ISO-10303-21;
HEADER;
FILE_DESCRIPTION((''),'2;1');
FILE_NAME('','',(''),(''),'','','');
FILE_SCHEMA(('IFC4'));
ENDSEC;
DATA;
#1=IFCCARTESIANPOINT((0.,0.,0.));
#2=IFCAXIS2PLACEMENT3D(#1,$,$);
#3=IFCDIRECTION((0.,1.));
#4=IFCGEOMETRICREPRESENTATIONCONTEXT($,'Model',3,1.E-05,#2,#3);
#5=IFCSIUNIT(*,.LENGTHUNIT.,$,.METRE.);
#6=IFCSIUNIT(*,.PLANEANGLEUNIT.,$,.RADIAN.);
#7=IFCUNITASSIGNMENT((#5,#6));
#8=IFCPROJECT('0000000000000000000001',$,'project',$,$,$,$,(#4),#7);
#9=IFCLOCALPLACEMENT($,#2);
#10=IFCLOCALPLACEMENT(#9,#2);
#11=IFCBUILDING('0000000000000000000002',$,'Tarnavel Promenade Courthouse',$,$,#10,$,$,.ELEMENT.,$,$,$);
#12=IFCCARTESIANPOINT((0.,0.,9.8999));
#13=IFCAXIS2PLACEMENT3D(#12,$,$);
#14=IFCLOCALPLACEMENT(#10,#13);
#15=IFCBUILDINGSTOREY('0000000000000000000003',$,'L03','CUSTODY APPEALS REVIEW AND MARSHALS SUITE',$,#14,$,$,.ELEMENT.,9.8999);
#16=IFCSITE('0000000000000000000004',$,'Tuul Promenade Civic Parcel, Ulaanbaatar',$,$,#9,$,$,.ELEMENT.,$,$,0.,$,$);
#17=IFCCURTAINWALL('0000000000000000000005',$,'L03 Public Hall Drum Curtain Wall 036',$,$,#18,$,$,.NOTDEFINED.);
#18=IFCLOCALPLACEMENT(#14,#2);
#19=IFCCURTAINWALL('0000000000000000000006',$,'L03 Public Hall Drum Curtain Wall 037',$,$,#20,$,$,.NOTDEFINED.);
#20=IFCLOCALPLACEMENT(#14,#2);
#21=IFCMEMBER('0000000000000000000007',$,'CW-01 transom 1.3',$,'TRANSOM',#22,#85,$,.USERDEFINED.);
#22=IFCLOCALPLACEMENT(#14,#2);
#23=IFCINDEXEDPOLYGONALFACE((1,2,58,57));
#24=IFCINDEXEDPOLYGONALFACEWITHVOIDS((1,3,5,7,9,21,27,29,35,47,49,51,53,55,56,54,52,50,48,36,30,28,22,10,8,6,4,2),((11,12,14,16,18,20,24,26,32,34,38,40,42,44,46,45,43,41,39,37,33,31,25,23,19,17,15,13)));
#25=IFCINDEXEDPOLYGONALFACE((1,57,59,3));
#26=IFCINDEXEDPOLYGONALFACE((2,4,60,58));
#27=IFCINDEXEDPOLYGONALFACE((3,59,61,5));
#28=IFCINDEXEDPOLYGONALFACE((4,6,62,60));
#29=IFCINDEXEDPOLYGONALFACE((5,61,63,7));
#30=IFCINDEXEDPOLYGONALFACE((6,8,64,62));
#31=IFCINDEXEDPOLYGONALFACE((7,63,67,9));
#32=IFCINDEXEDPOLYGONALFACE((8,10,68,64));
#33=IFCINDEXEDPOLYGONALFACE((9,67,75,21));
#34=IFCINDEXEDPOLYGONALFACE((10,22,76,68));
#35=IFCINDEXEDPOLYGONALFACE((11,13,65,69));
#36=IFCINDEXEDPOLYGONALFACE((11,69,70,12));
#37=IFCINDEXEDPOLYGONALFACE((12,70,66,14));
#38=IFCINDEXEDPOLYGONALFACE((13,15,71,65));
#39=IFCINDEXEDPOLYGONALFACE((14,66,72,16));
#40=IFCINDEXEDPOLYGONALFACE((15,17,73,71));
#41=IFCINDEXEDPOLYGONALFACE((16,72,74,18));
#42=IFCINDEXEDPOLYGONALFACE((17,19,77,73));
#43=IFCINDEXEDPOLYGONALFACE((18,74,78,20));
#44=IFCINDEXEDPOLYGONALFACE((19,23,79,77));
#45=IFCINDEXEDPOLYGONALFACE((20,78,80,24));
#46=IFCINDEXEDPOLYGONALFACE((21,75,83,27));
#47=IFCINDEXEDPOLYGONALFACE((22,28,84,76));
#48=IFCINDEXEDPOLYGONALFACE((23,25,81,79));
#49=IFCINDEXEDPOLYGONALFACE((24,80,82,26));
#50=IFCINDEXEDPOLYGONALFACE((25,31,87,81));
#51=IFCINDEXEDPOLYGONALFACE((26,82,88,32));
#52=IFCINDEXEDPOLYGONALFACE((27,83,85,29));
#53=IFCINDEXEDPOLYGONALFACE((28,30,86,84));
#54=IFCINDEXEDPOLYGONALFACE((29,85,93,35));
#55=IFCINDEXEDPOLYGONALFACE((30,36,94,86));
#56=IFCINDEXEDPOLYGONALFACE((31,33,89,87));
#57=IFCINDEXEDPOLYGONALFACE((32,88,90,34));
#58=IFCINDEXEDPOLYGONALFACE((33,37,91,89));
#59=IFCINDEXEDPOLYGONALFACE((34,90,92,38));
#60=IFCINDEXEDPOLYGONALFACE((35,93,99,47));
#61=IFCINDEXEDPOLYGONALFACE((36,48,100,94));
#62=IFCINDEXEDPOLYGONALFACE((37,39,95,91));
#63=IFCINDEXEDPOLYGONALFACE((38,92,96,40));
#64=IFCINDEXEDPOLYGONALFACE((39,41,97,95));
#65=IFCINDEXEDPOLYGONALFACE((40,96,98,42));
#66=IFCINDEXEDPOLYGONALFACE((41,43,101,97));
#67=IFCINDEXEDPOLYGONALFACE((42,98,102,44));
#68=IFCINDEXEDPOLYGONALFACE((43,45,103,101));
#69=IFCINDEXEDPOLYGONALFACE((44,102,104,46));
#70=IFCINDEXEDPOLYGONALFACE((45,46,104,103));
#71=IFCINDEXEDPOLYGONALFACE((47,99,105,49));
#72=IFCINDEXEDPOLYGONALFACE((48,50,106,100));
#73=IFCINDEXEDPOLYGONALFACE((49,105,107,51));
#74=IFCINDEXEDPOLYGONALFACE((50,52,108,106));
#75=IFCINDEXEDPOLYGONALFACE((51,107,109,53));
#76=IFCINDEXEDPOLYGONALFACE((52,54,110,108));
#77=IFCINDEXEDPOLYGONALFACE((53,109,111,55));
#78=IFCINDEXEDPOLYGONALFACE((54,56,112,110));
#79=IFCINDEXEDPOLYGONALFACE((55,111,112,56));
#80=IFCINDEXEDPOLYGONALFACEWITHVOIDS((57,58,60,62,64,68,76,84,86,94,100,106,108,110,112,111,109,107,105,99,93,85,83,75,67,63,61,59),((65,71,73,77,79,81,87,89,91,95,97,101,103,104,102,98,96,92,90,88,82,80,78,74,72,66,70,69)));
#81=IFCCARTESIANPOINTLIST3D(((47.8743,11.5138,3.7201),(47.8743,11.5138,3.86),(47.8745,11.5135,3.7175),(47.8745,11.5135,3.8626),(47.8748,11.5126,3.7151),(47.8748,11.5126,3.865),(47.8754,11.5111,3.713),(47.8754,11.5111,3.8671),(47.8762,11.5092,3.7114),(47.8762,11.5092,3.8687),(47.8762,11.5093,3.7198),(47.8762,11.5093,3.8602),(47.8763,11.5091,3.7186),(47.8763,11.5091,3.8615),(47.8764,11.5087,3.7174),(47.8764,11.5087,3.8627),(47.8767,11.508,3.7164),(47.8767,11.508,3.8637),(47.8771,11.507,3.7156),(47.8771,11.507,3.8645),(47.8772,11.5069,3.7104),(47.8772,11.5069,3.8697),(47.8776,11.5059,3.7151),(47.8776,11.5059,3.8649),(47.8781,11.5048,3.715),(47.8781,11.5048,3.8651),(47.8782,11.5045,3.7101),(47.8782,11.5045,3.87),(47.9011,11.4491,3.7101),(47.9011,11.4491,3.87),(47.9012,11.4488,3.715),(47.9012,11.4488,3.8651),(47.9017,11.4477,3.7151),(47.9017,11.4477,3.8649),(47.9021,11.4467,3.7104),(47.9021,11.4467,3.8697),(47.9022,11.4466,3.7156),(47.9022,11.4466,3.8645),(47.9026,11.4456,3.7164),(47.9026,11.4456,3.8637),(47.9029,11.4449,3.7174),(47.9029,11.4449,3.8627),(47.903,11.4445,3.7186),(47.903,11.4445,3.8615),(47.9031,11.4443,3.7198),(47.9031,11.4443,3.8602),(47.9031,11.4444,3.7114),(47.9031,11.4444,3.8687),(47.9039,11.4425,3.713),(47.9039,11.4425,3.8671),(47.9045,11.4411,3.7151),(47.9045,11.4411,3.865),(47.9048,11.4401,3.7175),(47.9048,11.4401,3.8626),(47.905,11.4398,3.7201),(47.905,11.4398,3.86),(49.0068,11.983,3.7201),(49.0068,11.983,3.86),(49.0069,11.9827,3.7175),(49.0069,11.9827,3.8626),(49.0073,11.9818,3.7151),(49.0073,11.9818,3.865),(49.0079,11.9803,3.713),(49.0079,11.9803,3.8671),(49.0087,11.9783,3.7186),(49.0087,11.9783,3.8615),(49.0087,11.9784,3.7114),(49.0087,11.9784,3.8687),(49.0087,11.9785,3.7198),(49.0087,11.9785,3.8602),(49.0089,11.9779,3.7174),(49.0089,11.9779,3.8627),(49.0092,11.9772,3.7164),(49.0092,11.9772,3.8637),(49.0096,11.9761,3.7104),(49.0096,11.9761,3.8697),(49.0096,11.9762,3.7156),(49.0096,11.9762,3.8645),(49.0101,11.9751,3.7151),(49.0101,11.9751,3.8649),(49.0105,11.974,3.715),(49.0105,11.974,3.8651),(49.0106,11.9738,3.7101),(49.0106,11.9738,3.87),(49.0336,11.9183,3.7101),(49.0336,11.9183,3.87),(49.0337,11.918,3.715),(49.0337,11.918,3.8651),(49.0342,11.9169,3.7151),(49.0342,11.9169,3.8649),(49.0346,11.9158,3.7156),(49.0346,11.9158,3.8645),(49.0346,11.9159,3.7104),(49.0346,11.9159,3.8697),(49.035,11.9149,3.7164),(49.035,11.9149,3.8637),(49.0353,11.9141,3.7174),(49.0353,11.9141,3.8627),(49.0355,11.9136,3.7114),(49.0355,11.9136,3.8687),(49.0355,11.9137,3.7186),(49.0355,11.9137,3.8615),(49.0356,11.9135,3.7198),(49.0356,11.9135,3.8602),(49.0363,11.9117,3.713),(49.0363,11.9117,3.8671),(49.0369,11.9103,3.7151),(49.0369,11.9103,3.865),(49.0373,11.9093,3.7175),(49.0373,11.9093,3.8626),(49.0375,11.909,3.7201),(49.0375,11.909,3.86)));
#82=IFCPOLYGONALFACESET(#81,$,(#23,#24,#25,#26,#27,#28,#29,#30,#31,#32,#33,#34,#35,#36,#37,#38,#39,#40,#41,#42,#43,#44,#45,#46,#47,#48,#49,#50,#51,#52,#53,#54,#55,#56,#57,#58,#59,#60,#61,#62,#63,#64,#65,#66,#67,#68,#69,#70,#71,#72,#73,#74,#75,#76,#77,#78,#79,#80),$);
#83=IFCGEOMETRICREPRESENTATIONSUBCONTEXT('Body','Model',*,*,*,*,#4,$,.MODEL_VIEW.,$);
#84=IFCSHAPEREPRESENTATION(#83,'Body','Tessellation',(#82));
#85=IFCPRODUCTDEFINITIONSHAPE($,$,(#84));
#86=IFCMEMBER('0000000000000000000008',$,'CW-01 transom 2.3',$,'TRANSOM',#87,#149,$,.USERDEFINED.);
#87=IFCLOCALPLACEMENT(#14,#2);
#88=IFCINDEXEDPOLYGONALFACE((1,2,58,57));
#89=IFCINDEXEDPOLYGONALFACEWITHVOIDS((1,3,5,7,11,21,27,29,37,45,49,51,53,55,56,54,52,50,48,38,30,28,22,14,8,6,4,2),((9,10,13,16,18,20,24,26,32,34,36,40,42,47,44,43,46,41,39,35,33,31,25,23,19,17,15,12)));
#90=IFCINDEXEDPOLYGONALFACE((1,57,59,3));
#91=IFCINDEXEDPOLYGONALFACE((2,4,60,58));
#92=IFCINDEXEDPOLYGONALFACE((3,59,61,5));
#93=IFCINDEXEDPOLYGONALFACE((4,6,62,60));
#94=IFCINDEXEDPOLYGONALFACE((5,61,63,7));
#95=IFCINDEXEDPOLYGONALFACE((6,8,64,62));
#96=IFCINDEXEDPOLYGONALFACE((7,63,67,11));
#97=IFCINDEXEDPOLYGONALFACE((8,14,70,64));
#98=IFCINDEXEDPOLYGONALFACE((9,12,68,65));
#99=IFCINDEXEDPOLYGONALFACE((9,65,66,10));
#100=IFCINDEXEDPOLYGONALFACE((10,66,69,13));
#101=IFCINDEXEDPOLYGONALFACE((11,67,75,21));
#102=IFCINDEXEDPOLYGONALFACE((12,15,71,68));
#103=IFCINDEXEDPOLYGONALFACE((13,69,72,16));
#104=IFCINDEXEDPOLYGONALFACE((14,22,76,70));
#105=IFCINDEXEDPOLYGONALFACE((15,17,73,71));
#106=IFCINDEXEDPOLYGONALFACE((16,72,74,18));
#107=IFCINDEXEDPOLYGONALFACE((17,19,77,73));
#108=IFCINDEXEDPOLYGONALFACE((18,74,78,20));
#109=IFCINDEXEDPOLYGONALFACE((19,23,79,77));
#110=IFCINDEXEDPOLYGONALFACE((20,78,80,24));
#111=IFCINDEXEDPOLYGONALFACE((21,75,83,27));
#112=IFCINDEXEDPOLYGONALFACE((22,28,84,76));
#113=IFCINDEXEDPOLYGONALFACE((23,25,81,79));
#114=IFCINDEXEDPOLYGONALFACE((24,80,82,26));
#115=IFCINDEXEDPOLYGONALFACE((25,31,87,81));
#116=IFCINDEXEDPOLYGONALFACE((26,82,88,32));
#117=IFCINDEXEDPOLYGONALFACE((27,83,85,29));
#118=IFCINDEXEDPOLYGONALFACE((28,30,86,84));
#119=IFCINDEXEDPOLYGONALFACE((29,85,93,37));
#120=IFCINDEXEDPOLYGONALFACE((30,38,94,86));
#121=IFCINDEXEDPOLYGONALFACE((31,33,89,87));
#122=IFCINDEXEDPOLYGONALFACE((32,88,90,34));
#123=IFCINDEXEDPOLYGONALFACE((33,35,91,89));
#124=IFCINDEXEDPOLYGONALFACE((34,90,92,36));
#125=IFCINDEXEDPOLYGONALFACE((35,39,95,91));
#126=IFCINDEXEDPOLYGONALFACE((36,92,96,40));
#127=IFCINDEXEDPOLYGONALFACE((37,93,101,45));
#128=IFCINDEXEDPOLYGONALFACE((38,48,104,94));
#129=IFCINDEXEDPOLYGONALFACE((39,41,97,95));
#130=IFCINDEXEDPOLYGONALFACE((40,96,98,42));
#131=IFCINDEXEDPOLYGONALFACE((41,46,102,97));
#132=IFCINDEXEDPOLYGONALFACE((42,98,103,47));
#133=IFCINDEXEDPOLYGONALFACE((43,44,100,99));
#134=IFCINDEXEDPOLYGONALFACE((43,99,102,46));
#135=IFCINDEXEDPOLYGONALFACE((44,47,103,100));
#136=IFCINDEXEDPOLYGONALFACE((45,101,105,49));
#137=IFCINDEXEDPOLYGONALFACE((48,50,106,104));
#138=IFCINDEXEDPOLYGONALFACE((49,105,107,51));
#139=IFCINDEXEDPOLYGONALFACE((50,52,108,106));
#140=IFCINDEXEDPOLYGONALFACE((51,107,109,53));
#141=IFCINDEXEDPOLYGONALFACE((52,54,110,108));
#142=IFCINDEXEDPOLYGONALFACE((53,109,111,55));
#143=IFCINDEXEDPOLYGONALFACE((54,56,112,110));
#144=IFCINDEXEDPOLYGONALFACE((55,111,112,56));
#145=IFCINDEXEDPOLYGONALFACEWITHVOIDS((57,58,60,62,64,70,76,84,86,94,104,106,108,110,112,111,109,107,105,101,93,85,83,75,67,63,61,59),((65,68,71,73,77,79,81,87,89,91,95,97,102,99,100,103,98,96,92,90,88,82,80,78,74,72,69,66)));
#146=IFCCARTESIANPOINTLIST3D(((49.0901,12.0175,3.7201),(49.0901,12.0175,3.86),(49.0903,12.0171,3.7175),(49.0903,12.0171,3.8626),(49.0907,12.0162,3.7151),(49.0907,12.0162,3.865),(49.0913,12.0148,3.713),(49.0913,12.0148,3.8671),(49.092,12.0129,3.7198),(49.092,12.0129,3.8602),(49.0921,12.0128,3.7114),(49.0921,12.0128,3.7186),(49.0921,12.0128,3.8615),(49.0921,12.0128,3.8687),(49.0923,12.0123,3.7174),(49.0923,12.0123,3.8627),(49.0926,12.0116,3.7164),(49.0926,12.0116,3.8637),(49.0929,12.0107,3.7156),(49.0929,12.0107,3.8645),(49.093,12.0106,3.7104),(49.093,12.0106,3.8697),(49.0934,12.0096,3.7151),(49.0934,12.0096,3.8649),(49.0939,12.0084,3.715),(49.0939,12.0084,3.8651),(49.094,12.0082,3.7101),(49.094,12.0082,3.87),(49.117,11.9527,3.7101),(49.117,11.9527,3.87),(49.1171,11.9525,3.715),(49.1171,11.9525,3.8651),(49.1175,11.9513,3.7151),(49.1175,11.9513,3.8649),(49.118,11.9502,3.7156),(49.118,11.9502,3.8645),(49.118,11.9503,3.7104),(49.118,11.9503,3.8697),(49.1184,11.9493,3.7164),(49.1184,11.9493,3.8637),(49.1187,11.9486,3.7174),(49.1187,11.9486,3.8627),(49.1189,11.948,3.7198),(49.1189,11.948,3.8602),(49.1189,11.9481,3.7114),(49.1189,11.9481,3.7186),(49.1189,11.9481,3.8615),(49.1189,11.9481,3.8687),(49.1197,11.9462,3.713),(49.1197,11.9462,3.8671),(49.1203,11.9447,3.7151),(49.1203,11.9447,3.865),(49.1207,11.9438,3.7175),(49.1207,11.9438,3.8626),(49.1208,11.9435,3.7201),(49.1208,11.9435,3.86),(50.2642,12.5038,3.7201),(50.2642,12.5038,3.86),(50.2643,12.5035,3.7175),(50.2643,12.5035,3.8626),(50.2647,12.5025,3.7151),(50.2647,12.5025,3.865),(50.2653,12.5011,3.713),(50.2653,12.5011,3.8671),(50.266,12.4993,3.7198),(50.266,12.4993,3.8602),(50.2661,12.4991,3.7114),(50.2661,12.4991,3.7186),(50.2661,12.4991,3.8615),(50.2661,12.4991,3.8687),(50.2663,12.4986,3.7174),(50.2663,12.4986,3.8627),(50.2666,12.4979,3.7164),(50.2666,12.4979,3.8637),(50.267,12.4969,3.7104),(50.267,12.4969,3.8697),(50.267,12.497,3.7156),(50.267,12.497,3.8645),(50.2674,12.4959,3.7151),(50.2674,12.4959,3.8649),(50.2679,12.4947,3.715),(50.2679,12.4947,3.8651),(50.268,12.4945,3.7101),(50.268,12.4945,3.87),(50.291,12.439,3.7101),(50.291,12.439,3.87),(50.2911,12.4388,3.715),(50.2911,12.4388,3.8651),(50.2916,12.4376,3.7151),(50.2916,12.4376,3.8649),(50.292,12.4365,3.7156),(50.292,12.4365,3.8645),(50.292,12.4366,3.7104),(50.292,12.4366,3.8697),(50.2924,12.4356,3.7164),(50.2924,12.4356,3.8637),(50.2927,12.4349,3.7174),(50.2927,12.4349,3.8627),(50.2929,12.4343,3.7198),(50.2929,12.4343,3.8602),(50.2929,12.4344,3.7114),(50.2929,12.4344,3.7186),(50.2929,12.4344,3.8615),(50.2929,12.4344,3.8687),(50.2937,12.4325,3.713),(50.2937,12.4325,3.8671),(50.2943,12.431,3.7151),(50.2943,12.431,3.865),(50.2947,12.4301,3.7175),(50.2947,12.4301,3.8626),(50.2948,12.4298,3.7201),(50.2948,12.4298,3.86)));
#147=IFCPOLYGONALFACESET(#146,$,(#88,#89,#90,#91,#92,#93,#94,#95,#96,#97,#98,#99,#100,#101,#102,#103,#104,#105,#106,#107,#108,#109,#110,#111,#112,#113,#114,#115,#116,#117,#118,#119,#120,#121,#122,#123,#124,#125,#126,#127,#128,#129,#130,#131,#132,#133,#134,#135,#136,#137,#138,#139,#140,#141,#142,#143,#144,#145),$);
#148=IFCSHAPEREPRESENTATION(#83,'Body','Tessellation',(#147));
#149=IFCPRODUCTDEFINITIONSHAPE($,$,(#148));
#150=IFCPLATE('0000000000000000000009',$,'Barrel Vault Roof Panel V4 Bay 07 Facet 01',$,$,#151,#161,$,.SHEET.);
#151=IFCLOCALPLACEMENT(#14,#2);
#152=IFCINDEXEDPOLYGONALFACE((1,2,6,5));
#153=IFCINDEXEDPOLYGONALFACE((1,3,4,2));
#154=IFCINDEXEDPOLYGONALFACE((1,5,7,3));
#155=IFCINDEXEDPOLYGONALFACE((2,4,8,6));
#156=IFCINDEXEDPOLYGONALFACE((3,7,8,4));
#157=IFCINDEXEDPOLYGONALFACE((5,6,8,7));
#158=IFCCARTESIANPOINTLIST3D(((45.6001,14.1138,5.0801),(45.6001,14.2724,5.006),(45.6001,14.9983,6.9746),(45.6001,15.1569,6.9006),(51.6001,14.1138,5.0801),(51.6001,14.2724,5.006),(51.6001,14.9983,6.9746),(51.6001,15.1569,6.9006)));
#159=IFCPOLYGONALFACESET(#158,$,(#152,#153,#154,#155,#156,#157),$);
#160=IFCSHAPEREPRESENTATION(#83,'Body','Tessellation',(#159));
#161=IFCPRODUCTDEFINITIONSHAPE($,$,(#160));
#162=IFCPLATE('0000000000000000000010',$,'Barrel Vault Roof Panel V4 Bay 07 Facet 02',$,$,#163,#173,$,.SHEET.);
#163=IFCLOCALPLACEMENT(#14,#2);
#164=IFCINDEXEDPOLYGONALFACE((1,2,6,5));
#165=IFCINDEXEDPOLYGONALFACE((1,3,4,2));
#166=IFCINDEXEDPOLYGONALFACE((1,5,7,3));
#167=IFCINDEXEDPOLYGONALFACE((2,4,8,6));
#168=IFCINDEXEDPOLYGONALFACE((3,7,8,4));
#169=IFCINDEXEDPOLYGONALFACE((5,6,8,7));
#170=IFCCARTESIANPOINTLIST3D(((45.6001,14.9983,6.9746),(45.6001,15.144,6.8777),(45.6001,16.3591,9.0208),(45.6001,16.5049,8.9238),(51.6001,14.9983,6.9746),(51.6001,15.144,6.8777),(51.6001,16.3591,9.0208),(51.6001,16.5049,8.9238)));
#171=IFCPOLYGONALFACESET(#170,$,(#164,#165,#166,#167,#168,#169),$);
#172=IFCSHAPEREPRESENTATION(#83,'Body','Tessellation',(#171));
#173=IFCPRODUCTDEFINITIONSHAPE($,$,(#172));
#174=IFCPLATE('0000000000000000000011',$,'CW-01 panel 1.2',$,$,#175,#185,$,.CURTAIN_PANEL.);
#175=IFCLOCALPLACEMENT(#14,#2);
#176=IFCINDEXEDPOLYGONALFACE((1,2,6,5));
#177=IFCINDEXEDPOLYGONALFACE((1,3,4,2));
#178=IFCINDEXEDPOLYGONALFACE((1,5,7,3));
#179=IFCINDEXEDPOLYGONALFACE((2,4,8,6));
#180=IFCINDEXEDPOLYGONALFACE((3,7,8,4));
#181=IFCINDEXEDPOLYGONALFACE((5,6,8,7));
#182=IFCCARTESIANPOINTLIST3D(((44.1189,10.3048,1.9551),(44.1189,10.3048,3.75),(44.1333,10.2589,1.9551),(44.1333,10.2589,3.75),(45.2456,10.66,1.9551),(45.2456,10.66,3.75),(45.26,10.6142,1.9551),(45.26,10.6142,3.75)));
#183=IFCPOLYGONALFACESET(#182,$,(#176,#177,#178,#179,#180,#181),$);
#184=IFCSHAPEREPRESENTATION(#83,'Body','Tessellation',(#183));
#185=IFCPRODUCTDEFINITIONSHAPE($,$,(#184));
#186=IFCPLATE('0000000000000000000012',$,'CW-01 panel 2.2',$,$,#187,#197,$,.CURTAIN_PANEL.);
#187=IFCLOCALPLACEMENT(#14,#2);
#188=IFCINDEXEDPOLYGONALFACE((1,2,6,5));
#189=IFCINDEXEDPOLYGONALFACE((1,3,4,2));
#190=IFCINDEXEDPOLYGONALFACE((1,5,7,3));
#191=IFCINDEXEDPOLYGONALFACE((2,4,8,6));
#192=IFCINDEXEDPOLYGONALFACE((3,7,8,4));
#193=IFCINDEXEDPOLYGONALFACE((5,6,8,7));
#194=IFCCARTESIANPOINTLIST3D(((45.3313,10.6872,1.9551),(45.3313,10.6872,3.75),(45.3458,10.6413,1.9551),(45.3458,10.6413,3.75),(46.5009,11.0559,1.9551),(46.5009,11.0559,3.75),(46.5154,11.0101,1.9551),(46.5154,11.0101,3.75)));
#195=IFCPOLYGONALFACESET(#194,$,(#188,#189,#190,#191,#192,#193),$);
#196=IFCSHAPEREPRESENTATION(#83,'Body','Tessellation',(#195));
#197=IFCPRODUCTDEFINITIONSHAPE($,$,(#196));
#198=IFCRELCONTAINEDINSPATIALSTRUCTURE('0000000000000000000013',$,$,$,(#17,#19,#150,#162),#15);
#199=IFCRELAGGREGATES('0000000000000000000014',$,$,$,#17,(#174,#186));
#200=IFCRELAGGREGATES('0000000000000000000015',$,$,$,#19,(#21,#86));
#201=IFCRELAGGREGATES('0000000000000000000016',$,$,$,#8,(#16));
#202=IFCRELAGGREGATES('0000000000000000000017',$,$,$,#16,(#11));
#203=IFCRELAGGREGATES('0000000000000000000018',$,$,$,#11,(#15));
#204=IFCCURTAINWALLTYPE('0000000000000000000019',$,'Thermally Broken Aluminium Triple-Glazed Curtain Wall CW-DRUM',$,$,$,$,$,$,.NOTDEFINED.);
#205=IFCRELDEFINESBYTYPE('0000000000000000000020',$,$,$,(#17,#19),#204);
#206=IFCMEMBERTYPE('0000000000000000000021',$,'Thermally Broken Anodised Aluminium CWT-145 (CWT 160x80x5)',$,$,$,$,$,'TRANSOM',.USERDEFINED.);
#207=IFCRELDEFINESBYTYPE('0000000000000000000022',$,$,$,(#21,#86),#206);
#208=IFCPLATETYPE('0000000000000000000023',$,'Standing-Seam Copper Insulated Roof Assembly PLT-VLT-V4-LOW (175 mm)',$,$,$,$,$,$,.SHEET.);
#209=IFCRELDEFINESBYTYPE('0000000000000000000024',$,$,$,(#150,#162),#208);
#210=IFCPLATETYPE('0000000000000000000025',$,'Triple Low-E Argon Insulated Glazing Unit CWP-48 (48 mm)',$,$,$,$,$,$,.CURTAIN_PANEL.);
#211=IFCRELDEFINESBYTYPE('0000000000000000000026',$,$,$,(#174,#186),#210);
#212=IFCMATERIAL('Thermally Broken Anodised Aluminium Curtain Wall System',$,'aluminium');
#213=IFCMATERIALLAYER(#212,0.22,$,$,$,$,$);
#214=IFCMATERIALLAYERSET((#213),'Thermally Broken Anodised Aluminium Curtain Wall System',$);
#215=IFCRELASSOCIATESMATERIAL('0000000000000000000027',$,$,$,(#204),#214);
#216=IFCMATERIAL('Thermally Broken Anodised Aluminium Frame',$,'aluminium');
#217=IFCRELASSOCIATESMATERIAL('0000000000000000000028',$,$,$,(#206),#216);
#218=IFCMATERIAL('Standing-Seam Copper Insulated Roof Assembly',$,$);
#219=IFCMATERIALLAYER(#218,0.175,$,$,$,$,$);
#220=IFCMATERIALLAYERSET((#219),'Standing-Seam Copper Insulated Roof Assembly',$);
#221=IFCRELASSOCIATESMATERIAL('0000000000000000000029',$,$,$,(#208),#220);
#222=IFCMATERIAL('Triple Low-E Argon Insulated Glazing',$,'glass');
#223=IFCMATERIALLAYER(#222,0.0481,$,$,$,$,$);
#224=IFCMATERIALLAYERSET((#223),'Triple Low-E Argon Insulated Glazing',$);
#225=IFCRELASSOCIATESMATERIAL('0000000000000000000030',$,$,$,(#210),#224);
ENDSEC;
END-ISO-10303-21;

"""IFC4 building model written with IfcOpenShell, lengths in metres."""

from ifc_helpers import new_model, si_unit, direction, frame, origin, origin_2d, place, context, subcontext, project, spatial, polyline, rectangle, hollow_rectangle, outline, extrude, material, layer, layer_set, material_profile, profile_set, type_object, element, aggregate, save


model = new_model("IFC4")

# Units and contexts
model_context = context("Model", 3, precision=1e-05, world=origin(), true_north=direction((0.0, 1.0)))
body_context = subcontext(model_context, "Body", "Model", "MODEL_VIEW")
ifc_project = project(units=[si_unit("LENGTHUNIT", "METRE"), si_unit("PLANEANGLEUNIT", "RADIAN")], contexts=[model_context])

# Site, building, storey
site_placement = place(None, origin())
site = spatial("IfcSite", under=ifc_project, at=site_placement, Name="Tuul Promenade Civic Parcel, Ulaanbaatar", CompositionType="ELEMENT", RefElevation=0.0)
building_placement = place(site_placement, origin())
building = spatial("IfcBuilding", under=site, at=building_placement, Name="Tarnavel Promenade Courthouse", CompositionType="ELEMENT")
storey_placement = place(building_placement, frame((0.0, 0.0, 9.8999)))
storey = spatial("IfcBuildingStorey", under=building, at=storey_placement, Name="L03", Description="CUSTODY APPEALS REVIEW AND MARSHALS SUITE", CompositionType="ELEMENT", Elevation=9.8999)

# Curtain walls, members
ifc_material_1 = material(Name="Thermally Broken Anodised Aluminium Curtain Wall System", Category="aluminium")
ifc_layer_1 = layer(ifc_material_1, 0.22)
ifc_layer_set_1 = layer_set([ifc_layer_1], Name="Thermally Broken Anodised Aluminium Curtain Wall System")
curtain_wall_type = type_object("IfcCurtainWallType", Name="Thermally Broken Aluminium Triple-Glazed Curtain Wall CW-DRUM", PredefinedType="NOTDEFINED", material=ifc_layer_set_1)
curtain_wall_1_placement = place(storey_placement, origin())
curtain_wall_1 = element("IfcCurtainWall", 1, at=curtain_wall_1_placement, inside=storey, type_object=curtain_wall_type, Name="L03 Public Hall Drum Curtain Wall 036", PredefinedType="NOTDEFINED")
ifc_material_2 = material(Name="Thermally Broken Anodised Aluminium Frame", Category="aluminium")
ifc_material_profile_1 = material_profile(ifc_material_2, hollow_rectangle(XDim=0.0801, YDim=0.1599, WallThickness=0.0049, InnerFilletRadius=0.0049, OuterFilletRadius=0.01, at=origin_2d()), Name="CWT 160x80x5")
ifc_profile_set_1 = profile_set([ifc_material_profile_1], Name="Thermally Broken Anodised Aluminium Frame")
member_type_1 = type_object("IfcMemberType", Name="Thermally Broken Anodised Aluminium CWT-145 (CWT 160x80x5)", ElementType="TRANSOM", PredefinedType="USERDEFINED", material=ifc_profile_set_1)
curtain_wall_2_placement = place(storey_placement, origin())
curtain_wall_2 = element("IfcCurtainWall", 2, at=curtain_wall_2_placement, inside=storey, type_object=curtain_wall_type, Name="L03 Public Hall Drum Curtain Wall 037", PredefinedType="NOTDEFINED")
member_1_placement = place(storey_placement, frame((47.8896, 11.4768, 3.79), z_axis=(0.923847, 0.382762, 0.0), x_axis=(-0.382762, 0.923847, 0.0)))
member_1 = element("IfcMember", 3, at=member_1_placement, type_object=member_type_1, Name="CW-01 transom 1.3", ObjectType="TRANSOM", PredefinedType="USERDEFINED", context=body_context, shape_type="SweptSolid", body=[
    extrude(hollow_rectangle(XDim=0.0801, YDim=0.1599, WallThickness=0.0049, InnerFilletRadius=0.0049, OuterFilletRadius=0.01, at=origin_2d()), origin(), (0.0, 0.0, 1.0), 1.2258),
])
member_2_placement = place(storey_placement, frame((49.1055, 11.9805, 3.79), z_axis=(0.923876, 0.382691, 0.0), x_axis=(-0.382691, 0.923876, 0.0)))
member_2 = element("IfcMember", 4, at=member_2_placement, type_object=member_type_1, Name="CW-01 transom 2.3", ObjectType="TRANSOM", PredefinedType="USERDEFINED", context=body_context, shape_type="SweptSolid", body=[
    extrude(hollow_rectangle(XDim=0.0801, YDim=0.1599, WallThickness=0.0049, InnerFilletRadius=0.0049, OuterFilletRadius=0.01, at=origin_2d()), origin(), (0.0, 0.0, 1.0), 1.2708),
])

# Plates
ifc_material_3 = material(Name="Standing-Seam Copper Insulated Roof Assembly")
ifc_layer_2 = layer(ifc_material_3, 0.175)
ifc_layer_set_2 = layer_set([ifc_layer_2], Name="Standing-Seam Copper Insulated Roof Assembly")
plate_type_1 = type_object("IfcPlateType", Name="Standing-Seam Copper Insulated Roof Assembly PLT-VLT-V4-LOW (175 mm)", PredefinedType="SHEET", material=ifc_layer_set_2)
plate_1_placement = place(storey_placement, frame((45.6001, 14.1138, 5.0801), z_axis=(0.0, -0.906109, 0.423045), x_axis=(1.0, 0.0, 0.0)))
element("IfcPlate", 5, at=plate_1_placement, inside=storey, type_object=plate_type_1, Name="Barrel Vault Roof Panel V4 Bay 07 Facet 01", PredefinedType="SHEET", context=body_context, shape_type="SweptSolid", body=[
    extrude(outline(polyline([(0.0, 0.0), (6.0, 0.0), (6.0, 2.0908), (0.0, 2.0908), (0.0, 0.0)])), origin(), (0.0, 0.0, -1.0), 0.175),
])
plate_2_placement = place(storey_placement, frame((45.6001, 14.9983, 6.9746), z_axis=(0.0, -0.832661, 0.553783), x_axis=(1.0, 0.0, 0.0)))
element("IfcPlate", 6, at=plate_2_placement, inside=storey, type_object=plate_type_1, Name="Barrel Vault Roof Panel V4 Bay 07 Facet 02", PredefinedType="SHEET", context=body_context, shape_type="SweptSolid", body=[
    extrude(outline(polyline([(0.0, 0.0), (6.0, 0.0), (6.0, 2.4574), (0.0, 2.4574), (0.0, 0.0)])), origin(), (0.0, 0.0, -1.0), 0.175),
])

# Plates
ifc_material_4 = material(Name="Triple Low-E Argon Insulated Glazing", Category="glass")
ifc_layer_3 = layer(ifc_material_4, 0.0481)
ifc_layer_set_3 = layer_set([ifc_layer_3], Name="Triple Low-E Argon Insulated Glazing")
plate_type_2 = type_object("IfcPlateType", Name="Triple Low-E Argon Insulated Glazing Unit CWP-48 (48 mm)", PredefinedType="CURTAIN_PANEL", material=ifc_layer_set_3)
plate_3_placement = place(storey_placement, frame((44.6895, 10.4595, 1.9551), z_axis=(0.0, 0.0, 1.0), x_axis=(0.953717, 0.300705, 0.0)))
plate_3 = element("IfcPlate", 7, at=plate_3_placement, type_object=plate_type_2, Name="CW-01 panel 1.2", PredefinedType="CURTAIN_PANEL", context=body_context, shape_type="SweptSolid", body=[
    extrude(rectangle(XDim=1.1814, YDim=0.0481, at=origin_2d()), origin(), (0.0, 0.0, 1.0), 1.7949),
])
plate_4_placement = place(storey_placement, frame((45.9233, 10.8486, 1.9551), z_axis=(0.0, 0.0, 1.0), x_axis=(0.953717, 0.300705, 0.0)))
plate_4 = element("IfcPlate", 8, at=plate_4_placement, type_object=plate_type_2, Name="CW-01 panel 2.2", PredefinedType="CURTAIN_PANEL", context=body_context, shape_type="SweptSolid", body=[
    extrude(rectangle(XDim=1.2263, YDim=0.0481, at=origin_2d()), origin(), (0.0, 0.0, 1.0), 1.7949),
])
aggregate(curtain_wall_1, [plate_3, plate_4])
aggregate(curtain_wall_2, [member_1, member_2])

save(model, "model.ifc")
